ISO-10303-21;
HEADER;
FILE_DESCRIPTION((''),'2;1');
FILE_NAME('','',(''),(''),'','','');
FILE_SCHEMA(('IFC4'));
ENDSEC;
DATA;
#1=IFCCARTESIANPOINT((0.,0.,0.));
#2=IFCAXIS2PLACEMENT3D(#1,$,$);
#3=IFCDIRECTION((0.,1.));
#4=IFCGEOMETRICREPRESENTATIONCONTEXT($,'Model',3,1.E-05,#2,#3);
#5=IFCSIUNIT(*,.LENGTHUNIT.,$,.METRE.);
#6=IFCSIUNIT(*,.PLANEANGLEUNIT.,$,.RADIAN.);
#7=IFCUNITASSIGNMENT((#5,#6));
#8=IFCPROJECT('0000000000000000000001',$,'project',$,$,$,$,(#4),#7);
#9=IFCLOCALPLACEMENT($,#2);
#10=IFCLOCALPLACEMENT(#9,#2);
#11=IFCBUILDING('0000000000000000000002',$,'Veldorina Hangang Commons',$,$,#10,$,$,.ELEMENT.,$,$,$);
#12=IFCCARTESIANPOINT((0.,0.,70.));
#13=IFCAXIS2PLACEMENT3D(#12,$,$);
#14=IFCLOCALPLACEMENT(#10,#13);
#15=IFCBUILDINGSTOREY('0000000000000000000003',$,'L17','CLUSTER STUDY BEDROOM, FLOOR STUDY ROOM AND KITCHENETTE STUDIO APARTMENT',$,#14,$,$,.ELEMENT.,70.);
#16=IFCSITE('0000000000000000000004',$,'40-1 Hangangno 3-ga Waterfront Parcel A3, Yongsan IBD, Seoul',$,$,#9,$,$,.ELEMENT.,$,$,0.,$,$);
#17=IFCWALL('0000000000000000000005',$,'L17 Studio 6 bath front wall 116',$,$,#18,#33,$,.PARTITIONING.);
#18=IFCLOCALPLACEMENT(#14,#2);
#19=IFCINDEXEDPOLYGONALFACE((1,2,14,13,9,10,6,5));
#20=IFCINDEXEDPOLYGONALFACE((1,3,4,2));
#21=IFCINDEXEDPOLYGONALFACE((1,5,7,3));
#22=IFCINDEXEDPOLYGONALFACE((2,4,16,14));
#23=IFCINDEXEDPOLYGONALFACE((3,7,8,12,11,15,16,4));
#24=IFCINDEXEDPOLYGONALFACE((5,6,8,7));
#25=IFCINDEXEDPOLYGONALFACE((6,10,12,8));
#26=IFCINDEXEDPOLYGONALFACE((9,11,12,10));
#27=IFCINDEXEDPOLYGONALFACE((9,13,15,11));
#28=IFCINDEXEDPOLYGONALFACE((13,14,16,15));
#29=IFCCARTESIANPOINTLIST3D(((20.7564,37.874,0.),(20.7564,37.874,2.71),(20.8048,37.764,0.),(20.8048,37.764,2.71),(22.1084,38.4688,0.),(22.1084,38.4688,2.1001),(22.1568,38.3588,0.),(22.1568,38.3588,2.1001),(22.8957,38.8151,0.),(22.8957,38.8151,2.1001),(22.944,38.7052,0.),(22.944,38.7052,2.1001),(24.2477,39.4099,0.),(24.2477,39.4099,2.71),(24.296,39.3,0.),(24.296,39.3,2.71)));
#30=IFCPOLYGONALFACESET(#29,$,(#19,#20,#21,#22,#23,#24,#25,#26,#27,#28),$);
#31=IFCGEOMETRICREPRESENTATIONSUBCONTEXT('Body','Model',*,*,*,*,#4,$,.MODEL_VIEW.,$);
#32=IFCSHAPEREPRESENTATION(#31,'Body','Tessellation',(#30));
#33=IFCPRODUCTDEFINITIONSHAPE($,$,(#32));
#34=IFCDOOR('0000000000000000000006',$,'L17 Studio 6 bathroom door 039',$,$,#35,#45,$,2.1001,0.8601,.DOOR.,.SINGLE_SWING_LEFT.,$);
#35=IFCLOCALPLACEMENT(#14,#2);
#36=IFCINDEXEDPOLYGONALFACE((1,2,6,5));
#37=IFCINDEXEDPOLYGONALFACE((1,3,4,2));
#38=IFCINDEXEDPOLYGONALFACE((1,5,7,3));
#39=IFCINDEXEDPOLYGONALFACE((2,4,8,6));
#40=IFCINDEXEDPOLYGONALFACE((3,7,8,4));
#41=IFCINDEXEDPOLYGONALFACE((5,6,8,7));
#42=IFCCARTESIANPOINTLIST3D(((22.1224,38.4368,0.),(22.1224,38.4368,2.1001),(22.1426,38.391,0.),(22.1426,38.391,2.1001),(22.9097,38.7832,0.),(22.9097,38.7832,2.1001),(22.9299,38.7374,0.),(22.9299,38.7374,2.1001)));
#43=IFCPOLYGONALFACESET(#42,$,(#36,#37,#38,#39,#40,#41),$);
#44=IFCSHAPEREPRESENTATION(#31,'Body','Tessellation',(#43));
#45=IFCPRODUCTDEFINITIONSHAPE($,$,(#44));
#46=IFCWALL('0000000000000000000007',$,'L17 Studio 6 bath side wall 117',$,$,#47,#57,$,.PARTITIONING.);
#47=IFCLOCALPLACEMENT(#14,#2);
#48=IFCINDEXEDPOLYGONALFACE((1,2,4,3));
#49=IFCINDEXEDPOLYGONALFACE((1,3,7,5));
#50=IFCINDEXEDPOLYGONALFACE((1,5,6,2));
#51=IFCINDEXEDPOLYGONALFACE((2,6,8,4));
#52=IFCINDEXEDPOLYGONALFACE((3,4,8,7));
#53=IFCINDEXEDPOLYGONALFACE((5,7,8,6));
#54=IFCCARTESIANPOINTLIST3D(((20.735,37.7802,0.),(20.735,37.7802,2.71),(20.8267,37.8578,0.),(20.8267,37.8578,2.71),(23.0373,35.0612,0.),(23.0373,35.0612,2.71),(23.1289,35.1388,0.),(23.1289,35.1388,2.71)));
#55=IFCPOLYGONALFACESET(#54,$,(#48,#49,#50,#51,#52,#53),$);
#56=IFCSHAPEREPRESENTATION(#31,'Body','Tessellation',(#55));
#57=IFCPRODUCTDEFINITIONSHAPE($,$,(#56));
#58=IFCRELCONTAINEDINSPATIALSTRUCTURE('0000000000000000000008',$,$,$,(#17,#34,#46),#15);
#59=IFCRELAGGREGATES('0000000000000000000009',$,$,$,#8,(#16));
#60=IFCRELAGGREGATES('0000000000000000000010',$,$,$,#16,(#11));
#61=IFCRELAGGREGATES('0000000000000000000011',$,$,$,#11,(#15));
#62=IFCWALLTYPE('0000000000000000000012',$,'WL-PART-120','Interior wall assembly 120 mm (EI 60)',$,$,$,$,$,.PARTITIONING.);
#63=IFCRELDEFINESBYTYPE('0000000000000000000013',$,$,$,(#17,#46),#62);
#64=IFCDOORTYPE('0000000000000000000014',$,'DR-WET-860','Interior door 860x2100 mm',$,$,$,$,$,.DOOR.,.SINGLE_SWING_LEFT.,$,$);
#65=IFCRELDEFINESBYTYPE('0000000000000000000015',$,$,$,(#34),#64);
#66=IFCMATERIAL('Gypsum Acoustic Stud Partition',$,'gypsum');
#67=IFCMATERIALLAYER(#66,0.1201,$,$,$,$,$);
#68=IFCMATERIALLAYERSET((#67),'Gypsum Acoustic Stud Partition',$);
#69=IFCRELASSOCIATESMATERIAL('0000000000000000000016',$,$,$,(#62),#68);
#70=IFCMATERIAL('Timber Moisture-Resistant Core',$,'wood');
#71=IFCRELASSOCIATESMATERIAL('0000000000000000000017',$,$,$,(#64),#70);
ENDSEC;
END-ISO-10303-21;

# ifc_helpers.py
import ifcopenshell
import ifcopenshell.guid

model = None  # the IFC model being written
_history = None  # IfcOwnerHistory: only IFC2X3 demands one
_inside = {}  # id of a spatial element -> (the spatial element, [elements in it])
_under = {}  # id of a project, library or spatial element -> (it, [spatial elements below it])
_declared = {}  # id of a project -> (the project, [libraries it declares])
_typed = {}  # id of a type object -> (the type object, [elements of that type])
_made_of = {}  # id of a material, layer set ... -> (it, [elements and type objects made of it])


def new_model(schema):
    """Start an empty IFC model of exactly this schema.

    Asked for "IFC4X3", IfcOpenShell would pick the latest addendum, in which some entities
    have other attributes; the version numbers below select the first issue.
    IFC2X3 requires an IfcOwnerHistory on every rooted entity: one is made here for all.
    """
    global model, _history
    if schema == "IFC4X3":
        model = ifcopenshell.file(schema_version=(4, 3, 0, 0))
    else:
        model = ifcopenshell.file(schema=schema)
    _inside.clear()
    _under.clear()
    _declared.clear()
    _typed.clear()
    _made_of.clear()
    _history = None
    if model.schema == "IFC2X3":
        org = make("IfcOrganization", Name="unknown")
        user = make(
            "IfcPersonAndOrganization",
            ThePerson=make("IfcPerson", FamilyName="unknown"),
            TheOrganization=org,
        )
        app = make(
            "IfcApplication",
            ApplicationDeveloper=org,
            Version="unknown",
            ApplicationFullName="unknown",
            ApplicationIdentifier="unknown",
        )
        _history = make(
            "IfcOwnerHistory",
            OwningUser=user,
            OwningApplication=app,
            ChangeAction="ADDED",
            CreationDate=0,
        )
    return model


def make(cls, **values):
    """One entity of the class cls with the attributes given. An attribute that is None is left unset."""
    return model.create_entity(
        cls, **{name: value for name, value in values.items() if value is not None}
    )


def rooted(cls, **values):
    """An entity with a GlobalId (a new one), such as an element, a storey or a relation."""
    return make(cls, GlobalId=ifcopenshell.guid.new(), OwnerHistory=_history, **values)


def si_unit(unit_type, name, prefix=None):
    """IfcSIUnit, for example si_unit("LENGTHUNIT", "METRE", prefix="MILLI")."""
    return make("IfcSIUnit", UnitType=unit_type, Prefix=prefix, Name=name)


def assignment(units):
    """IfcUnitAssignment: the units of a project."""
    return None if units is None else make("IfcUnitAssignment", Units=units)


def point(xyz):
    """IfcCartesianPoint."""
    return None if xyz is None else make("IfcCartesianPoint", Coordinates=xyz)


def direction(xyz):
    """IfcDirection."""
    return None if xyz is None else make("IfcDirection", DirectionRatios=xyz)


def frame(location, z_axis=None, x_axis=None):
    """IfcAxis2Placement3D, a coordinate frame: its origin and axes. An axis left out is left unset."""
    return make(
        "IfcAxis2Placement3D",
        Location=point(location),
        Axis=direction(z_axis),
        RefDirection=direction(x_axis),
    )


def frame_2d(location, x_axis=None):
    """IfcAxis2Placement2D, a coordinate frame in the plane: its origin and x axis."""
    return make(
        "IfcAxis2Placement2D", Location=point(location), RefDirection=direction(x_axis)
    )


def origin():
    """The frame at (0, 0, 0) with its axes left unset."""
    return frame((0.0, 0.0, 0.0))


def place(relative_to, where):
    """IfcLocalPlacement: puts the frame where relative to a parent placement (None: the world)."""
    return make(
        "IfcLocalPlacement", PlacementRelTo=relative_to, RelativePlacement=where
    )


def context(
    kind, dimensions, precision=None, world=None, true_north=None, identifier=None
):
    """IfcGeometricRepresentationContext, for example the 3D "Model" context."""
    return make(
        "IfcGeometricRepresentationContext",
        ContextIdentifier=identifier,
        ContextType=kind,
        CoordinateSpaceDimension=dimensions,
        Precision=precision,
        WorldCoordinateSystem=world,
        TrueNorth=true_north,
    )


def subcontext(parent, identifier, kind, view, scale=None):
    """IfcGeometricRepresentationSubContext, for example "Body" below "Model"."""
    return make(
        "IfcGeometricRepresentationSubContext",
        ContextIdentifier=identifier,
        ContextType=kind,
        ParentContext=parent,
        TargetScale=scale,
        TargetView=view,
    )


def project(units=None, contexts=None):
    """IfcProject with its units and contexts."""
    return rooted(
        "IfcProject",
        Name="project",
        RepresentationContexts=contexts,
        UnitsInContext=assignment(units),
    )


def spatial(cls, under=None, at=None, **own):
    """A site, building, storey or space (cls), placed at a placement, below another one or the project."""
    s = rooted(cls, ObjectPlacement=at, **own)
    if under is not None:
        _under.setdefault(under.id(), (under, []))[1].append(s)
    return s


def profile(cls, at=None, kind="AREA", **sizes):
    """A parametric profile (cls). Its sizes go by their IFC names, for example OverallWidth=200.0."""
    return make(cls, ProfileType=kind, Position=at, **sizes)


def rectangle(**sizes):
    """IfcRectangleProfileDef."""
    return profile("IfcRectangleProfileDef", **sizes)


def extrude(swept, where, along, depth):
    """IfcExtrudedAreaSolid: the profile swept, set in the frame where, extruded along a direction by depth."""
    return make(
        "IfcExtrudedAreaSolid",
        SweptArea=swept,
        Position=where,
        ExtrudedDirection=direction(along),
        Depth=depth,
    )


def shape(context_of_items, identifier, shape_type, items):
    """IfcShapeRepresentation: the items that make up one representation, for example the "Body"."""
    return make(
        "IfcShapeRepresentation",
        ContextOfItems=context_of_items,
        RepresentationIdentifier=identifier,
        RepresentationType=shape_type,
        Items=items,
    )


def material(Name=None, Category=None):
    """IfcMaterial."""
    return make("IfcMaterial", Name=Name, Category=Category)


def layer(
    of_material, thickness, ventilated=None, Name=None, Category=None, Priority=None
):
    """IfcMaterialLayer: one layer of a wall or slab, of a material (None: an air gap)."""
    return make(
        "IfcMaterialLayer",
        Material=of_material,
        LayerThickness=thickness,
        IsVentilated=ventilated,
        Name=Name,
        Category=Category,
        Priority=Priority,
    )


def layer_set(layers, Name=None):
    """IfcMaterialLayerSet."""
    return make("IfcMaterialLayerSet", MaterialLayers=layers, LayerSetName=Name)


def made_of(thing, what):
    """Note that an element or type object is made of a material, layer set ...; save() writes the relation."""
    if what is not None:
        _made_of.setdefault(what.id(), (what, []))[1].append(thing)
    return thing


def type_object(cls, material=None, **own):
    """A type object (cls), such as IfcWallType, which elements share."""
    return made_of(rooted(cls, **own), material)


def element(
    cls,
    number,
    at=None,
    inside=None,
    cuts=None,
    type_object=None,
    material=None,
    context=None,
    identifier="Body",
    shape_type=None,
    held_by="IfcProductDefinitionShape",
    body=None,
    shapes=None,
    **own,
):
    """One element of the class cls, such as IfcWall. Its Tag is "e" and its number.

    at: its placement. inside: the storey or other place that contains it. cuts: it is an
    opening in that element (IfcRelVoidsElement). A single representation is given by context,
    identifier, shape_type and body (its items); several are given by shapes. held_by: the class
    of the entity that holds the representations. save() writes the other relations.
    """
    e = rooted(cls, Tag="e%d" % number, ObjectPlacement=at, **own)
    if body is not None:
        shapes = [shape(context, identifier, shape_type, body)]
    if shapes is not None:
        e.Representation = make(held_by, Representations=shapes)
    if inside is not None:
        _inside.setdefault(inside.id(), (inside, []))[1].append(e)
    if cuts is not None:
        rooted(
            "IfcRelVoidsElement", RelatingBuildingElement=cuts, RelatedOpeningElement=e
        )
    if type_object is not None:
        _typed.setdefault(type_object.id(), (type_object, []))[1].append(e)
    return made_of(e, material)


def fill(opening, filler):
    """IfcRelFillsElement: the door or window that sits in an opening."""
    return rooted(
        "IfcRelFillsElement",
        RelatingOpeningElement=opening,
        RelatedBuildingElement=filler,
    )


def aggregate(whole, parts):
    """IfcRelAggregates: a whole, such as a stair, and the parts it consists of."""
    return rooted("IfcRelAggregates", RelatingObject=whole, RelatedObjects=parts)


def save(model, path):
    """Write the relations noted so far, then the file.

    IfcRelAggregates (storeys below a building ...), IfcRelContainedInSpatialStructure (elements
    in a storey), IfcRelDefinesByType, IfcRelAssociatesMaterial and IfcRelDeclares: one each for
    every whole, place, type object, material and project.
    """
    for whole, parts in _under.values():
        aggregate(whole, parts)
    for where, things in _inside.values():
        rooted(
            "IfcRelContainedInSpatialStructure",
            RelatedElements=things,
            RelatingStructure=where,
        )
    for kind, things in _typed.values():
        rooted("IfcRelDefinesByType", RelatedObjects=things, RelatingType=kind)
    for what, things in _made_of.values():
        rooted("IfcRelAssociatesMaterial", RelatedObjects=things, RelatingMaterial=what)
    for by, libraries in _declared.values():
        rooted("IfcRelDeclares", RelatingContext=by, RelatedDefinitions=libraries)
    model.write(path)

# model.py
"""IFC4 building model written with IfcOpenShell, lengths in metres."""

from ifc_helpers import new_model, si_unit, direction, frame, frame_2d, origin, place, context, subcontext, project, spatial, rectangle, extrude, material, layer, layer_set, type_object, element, fill, save


model = new_model("IFC4")

# Units and contexts
model_context = context("Model", 3, precision=1e-05, world=origin(), true_north=direction((0.0, 1.0)))
body_context = subcontext(model_context, "Body", "Model", "MODEL_VIEW")
ifc_project = project(units=[si_unit("LENGTHUNIT", "METRE"), si_unit("PLANEANGLEUNIT", "RADIAN")], contexts=[model_context])

# Site, building, storey
site_placement = place(None, origin())
site = spatial("IfcSite", under=ifc_project, at=site_placement, Name="40-1 Hangangno 3-ga Waterfront Parcel A3, Yongsan IBD, Seoul", CompositionType="ELEMENT", RefElevation=0.0)
building_placement = place(site_placement, origin())
building = spatial("IfcBuilding", under=site, at=building_placement, Name="Veldorina Hangang Commons", CompositionType="ELEMENT")
storey_placement = place(building_placement, frame((0.0, 0.0, 70.0)))
storey = spatial("IfcBuildingStorey", under=building, at=storey_placement, Name="L17", Description="CLUSTER STUDY BEDROOM, FLOOR STUDY ROOM AND KITCHENETTE STUDIO APARTMENT", CompositionType="ELEMENT", Elevation=70.0)

# Shared definitions
ifc_material_1 = material(Name="Gypsum Acoustic Stud Partition", Category="gypsum")
ifc_layer_1 = layer(ifc_material_1, 0.1201)
ifc_layer_set_1 = layer_set([ifc_layer_1], Name="Gypsum Acoustic Stud Partition")
wall_type_1 = type_object("IfcWallType", Name="WL-PART-120", Description="Interior wall assembly 120 mm (EI 60)", PredefinedType="PARTITIONING", material=ifc_layer_set_1)

# Wall, opening, door
wall_1_placement = place(storey_placement, frame((24.272, 39.355, 0.0), z_axis=(0.0, 0.0, 1.0), x_axis=(-0.915339, -0.402685, 0.0)))
wall_1 = element("IfcWall", 1, at=wall_1_placement, inside=storey, type_object=wall_type_1, Name="L17 Studio 6 bath front wall 116", PredefinedType="PARTITIONING", context=body_context, shape_type="SweptSolid", body=[
    extrude(rectangle(XDim=3.8142, YDim=0.1201, at=frame_2d((1.9072, 0.0))), origin(), (0.0, 0.0, 1.0), 2.71),
])
opening_1_placement = place(wall_1_placement, frame((1.4771, 0.0, 0.0)))
opening_1 = element("IfcOpeningElement", 2, at=opening_1_placement, cuts=wall_1, PredefinedType="OPENING", context=body_context, shape_type="SweptSolid", body=[
    extrude(rectangle(XDim=0.8601, YDim=2.1001, at=frame_2d((0.4302, 1.05))), frame((0.0, 0.0701, 0.0), z_axis=(0.0, -1.0, 0.0), x_axis=(1.0, 0.0, 0.0)), (0.0, 0.0, 1.0), 0.1401),
])
ifc_material_2 = material(Name="Timber Moisture-Resistant Core", Category="wood")
door_type_1 = type_object("IfcDoorType", Name="DR-WET-860", Description="Interior door 860x2100 mm", OperationType="SINGLE_SWING_LEFT", PredefinedType="DOOR", material=ifc_material_2)
door_1_placement = place(opening_1_placement, origin())
door_1 = element("IfcDoor", 3, at=door_1_placement, inside=storey, type_object=door_type_1, Name="L17 Studio 6 bathroom door 039", OperationType="SINGLE_SWING_LEFT", OverallHeight=2.1001, OverallWidth=0.8601, PredefinedType="DOOR", context=body_context, shape_type="SweptSolid", body=[
    extrude(rectangle(XDim=0.8601, YDim=2.1001, at=frame_2d((0.4302, 1.05))), frame((0.0, 0.0249, 0.0), z_axis=(0.0, -1.0, 0.0), x_axis=(1.0, 0.0, 0.0)), (0.0, 0.0, 1.0), 0.05),
])
fill(opening_1, door_1)

# Wall
wall_2_placement = place(storey_placement, frame((23.083, 35.1001, 0.0), z_axis=(0.0, 0.0, 1.0), x_axis=(-0.646197, 0.763171, 0.0)))
element("IfcWall", 4, at=wall_2_placement, inside=storey, type_object=wall_type_1, Name="L17 Studio 6 bath side wall 117", PredefinedType="PARTITIONING", context=body_context, shape_type="SweptSolid", body=[
    extrude(rectangle(XDim=3.5627, YDim=0.1201, at=frame_2d((1.7812, 0.0))), origin(), (0.0, 0.0, 1.0), 2.71),
])

save(model, "model.ifc")
